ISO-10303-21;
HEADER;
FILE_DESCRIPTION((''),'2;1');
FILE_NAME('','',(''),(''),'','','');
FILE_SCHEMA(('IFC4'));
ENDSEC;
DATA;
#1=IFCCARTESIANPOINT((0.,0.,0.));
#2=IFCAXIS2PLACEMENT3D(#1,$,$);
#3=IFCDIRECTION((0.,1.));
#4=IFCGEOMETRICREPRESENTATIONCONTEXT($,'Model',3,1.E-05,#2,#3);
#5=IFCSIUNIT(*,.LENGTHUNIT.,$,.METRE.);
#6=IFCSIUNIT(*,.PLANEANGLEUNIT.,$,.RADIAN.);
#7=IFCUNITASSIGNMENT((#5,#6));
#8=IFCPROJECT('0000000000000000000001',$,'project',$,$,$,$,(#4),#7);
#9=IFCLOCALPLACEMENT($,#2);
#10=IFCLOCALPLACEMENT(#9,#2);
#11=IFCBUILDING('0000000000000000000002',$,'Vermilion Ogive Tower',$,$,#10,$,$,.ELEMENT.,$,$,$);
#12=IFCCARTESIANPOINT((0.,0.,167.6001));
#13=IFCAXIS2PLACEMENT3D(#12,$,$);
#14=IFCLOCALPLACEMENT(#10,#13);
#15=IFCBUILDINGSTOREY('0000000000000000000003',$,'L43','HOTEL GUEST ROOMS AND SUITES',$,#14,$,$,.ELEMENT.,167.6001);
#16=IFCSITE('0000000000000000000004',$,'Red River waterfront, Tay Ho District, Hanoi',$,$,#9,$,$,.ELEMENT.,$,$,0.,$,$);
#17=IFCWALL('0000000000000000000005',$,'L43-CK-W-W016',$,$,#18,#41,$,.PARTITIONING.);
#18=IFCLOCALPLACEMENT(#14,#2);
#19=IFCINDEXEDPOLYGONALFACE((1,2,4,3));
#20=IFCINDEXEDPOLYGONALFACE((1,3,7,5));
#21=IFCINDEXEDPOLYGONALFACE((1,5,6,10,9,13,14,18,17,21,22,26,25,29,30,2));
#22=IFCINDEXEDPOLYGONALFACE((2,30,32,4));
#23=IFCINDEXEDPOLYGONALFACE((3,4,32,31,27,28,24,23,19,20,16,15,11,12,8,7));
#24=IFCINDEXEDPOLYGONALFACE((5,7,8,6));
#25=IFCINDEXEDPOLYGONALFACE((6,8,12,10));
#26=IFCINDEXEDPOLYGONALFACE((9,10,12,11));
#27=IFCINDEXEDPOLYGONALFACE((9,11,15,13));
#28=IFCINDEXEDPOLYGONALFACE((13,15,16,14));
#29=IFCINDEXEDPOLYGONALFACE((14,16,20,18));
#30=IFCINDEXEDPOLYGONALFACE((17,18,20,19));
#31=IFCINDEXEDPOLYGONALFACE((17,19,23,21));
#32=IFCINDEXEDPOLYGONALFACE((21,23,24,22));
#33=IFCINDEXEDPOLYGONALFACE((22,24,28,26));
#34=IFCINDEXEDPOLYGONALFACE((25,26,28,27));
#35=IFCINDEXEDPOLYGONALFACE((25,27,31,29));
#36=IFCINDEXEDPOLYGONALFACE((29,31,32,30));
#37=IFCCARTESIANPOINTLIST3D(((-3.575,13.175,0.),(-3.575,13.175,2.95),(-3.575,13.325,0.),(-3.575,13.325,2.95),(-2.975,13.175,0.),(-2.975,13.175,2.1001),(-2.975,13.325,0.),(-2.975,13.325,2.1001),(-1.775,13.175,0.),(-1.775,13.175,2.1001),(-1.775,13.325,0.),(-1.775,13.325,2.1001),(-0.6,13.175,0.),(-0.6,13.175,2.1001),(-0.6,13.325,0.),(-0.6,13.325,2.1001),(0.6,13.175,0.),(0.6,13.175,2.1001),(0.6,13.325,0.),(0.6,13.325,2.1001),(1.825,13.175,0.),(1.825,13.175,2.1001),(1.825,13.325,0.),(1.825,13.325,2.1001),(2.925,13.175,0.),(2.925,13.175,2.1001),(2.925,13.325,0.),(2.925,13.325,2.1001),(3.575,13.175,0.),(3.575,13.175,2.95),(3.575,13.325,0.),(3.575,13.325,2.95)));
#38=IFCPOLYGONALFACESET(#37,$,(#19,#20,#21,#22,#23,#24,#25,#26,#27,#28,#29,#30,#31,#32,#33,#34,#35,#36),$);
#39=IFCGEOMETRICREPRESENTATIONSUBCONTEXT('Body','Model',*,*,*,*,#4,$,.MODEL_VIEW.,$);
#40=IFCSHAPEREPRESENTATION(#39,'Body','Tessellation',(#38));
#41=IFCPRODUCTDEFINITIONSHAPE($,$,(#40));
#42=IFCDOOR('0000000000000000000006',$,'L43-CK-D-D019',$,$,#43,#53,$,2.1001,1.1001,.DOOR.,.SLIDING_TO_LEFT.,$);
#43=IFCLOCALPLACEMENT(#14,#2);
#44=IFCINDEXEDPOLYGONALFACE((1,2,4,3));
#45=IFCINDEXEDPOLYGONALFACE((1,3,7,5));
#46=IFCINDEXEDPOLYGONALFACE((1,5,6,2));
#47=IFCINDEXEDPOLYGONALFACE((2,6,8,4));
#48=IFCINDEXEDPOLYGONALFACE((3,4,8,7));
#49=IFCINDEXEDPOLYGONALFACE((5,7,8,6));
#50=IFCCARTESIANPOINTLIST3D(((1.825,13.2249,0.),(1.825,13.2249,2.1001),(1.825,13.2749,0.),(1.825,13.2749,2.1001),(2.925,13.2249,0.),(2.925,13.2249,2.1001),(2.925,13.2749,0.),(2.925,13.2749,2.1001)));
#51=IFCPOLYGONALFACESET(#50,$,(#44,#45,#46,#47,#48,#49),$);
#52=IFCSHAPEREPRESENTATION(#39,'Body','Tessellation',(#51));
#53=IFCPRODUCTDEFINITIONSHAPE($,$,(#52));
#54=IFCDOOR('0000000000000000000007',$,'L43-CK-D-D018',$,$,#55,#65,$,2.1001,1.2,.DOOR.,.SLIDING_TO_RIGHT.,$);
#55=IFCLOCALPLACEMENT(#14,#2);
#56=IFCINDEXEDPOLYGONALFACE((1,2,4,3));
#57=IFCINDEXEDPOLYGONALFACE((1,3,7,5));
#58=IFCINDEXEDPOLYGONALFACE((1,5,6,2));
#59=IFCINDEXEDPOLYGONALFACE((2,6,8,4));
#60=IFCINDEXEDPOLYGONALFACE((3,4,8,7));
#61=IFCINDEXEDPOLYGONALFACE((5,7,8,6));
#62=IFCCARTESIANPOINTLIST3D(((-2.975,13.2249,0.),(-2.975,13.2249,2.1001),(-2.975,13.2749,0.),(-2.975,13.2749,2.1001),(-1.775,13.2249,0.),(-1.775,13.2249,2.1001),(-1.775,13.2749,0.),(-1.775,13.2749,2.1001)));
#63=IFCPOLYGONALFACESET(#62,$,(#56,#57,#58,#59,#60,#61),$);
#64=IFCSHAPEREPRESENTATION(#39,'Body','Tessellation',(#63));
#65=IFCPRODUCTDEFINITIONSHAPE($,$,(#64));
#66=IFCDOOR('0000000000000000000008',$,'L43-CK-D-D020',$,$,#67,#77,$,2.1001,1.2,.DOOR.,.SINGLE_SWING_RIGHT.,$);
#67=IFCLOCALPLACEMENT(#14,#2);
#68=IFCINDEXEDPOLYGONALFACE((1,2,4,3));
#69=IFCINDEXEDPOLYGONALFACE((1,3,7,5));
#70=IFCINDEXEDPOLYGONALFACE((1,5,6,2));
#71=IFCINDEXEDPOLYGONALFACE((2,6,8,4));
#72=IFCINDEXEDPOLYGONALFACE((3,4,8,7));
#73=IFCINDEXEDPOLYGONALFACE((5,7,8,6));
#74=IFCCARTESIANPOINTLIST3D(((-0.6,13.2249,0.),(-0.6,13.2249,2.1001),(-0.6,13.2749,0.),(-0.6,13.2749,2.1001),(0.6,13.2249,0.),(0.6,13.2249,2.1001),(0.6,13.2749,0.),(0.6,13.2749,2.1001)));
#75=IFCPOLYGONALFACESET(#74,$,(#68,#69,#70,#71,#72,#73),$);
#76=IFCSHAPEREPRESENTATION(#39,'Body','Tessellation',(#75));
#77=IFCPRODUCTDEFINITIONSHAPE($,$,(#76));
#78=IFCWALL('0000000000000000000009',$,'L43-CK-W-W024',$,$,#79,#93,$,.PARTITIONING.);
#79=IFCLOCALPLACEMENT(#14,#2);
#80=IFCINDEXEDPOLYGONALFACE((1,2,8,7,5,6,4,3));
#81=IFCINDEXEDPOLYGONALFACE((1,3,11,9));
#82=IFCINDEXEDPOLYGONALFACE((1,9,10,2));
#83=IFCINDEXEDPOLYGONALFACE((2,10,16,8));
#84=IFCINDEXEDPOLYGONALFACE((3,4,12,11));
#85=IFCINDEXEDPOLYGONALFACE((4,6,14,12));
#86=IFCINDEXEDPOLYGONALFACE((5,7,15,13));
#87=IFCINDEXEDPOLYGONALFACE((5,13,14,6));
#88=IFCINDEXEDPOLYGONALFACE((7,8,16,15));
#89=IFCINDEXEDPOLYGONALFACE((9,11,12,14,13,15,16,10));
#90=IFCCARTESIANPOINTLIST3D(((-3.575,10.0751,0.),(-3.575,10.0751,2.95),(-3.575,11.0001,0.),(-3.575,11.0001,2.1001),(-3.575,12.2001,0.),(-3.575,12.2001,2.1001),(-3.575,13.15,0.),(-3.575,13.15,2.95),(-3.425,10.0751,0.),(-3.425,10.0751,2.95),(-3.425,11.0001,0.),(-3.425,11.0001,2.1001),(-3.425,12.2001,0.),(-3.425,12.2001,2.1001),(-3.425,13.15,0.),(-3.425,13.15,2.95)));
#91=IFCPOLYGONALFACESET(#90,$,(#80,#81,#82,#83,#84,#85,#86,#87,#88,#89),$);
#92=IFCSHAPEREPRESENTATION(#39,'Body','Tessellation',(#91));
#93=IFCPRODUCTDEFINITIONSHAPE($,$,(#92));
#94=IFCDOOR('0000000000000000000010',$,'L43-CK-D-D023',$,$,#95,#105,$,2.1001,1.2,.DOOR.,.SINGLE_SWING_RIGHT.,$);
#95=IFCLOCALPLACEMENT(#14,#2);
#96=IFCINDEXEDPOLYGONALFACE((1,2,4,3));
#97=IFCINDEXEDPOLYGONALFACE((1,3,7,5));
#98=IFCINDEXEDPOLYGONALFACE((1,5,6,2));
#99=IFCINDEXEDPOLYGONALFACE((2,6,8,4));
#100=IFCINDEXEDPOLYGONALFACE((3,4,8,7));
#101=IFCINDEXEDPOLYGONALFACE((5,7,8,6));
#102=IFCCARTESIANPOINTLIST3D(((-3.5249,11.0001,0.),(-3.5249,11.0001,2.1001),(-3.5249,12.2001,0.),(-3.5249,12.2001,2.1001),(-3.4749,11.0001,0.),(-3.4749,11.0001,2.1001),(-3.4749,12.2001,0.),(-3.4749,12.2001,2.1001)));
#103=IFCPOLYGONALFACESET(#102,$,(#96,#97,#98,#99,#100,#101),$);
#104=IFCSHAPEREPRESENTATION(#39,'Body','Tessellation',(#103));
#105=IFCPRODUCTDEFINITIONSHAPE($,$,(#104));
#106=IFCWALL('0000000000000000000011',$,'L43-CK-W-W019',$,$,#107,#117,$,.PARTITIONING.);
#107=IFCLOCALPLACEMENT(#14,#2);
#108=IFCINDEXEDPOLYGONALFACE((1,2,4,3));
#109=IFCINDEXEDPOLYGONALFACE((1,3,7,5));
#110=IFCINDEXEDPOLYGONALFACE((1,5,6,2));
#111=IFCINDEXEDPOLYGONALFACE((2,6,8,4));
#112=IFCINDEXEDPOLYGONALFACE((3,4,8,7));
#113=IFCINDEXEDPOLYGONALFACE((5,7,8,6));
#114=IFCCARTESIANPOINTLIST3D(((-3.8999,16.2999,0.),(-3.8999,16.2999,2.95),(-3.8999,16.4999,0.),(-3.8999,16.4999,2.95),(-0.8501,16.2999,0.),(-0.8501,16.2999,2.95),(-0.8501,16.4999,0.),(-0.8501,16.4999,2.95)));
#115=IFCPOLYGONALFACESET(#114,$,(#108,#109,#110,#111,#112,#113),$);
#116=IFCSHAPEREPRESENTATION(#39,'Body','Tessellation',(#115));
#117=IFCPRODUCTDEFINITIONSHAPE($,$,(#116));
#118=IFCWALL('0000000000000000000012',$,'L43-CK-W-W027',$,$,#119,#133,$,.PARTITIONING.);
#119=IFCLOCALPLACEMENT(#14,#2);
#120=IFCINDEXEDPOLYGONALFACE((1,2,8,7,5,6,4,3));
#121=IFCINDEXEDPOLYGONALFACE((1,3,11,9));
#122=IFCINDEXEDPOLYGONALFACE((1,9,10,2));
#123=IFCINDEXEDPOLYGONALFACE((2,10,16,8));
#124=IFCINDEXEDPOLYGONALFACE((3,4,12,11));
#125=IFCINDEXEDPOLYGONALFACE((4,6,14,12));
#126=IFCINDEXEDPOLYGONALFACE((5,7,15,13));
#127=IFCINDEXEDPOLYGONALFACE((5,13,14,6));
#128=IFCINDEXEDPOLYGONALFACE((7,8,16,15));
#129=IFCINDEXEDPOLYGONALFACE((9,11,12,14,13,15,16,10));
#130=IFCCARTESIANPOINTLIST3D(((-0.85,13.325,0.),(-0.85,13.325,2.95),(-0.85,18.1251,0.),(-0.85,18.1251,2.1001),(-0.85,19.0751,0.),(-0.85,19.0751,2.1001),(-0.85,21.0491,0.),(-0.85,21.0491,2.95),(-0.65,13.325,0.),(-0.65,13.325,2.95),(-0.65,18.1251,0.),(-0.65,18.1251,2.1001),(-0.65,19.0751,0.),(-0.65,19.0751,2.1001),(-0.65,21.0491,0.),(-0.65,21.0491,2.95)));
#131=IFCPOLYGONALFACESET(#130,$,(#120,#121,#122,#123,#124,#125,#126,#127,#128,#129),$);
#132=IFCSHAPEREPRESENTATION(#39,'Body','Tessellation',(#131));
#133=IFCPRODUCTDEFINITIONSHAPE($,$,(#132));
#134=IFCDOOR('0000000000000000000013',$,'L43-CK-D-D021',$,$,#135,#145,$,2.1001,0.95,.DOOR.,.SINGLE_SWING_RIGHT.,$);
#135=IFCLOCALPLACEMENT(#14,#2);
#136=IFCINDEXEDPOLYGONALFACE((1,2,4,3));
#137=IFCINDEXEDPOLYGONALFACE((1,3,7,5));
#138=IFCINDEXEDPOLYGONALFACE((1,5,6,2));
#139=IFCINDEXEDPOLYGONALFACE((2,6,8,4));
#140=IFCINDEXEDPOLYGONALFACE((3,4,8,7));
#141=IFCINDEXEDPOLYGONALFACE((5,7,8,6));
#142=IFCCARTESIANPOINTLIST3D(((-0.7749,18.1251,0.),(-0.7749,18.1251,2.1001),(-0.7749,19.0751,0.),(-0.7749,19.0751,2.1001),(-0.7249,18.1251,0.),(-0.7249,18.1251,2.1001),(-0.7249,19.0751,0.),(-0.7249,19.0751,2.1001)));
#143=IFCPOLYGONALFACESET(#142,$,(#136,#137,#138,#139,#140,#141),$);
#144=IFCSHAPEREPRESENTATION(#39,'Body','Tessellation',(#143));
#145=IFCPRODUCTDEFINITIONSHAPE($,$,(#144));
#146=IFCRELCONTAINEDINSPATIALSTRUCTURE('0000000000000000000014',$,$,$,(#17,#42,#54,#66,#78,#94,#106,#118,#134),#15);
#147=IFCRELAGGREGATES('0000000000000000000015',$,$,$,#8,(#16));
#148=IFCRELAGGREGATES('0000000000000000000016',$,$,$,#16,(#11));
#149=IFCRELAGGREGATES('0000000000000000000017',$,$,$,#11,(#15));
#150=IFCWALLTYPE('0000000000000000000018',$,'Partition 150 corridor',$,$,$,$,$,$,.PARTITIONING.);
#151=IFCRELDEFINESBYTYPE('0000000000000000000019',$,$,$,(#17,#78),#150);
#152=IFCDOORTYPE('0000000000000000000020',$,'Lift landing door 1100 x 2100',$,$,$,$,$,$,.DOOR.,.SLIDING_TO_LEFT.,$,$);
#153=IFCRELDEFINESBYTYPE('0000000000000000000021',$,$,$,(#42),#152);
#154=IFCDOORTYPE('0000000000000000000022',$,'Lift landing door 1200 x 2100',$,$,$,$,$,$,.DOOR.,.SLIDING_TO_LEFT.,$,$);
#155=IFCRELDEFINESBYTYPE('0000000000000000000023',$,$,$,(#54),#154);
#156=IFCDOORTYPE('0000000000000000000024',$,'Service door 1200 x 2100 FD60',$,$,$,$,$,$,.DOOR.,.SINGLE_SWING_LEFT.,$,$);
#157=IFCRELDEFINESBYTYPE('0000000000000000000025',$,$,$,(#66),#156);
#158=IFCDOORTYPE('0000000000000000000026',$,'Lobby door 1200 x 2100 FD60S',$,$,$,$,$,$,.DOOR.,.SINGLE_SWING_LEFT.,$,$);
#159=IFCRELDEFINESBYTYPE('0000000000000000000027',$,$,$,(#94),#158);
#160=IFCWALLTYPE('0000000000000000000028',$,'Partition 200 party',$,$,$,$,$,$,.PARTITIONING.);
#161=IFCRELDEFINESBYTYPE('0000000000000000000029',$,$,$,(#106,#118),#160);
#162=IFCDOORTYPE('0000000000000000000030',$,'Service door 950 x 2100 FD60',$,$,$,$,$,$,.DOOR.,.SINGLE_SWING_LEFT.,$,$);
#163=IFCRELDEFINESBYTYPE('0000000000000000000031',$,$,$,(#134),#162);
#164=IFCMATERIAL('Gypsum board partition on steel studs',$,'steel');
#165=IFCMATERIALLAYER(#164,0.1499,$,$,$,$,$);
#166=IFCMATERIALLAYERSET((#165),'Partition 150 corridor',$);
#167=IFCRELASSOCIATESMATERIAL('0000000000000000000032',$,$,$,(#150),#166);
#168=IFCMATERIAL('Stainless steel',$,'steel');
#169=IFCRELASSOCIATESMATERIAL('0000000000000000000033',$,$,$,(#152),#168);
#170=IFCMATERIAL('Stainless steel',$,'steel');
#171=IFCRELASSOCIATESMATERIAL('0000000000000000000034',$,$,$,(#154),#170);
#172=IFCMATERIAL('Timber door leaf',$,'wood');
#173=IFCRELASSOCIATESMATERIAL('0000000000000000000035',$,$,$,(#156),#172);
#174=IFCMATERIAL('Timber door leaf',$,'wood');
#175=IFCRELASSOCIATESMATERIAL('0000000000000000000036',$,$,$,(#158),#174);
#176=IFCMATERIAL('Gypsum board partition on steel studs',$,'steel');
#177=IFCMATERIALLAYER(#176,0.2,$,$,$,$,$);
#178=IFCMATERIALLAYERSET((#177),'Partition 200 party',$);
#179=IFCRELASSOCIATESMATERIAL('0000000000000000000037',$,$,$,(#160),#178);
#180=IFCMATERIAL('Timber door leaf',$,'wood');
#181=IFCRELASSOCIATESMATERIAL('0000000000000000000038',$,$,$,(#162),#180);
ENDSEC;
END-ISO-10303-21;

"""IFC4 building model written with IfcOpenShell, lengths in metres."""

from ifc_helpers import new_model, si_unit, direction, frame, frame_2d, origin, place, context, subcontext, project, spatial, rectangle, extrude, material, layer, layer_set, type_object, element, fill, save


model = new_model("IFC4")

# Units and contexts
model_context = context("Model", 3, precision=1e-05, world=origin(), true_north=direction((0.0, 1.0)))
body_context = subcontext(model_context, "Body", "Model", "MODEL_VIEW")
ifc_project = project(units=[si_unit("LENGTHUNIT", "METRE"), si_unit("PLANEANGLEUNIT", "RADIAN")], contexts=[model_context])

# Site, building, storey
site_placement = place(None, origin())
site = spatial("IfcSite", under=ifc_project, at=site_placement, Name="Red River waterfront, Tay Ho District, Hanoi", CompositionType="ELEMENT", RefElevation=0.0)
building_placement = place(site_placement, origin())
building = spatial("IfcBuilding", under=site, at=building_placement, Name="Vermilion Ogive Tower", CompositionType="ELEMENT")
storey_placement = place(building_placement, frame((0.0, 0.0, 167.6001)))
storey = spatial("IfcBuildingStorey", under=building, at=storey_placement, Name="L43", Description="HOTEL GUEST ROOMS AND SUITES", CompositionType="ELEMENT", Elevation=167.6001)

# Shared definitions
ifc_material_1 = material(Name="Gypsum board partition on steel studs", Category="steel")
ifc_layer_1 = layer(ifc_material_1, 0.1499)
ifc_layer_set_1 = layer_set([ifc_layer_1], Name="Partition 150 corridor")
wall_type_1 = type_object("IfcWallType", Name="Partition 150 corridor", PredefinedType="PARTITIONING", material=ifc_layer_set_1)

# Wall, openings, doors
wall_1_placement = place(storey_placement, frame((-3.575, 13.25, 0.0), z_axis=(0.0, 0.0, 1.0), x_axis=(1.0, 0.0, 0.0)))
wall_1 = element("IfcWall", 1, at=wall_1_placement, inside=storey, type_object=wall_type_1, Name="L43-CK-W-W016", PredefinedType="PARTITIONING", context=body_context, shape_type="SweptSolid", body=[
    extrude(rectangle(XDim=7.1499, YDim=0.1499, at=frame_2d((3.575, 0.0))), origin(), (0.0, 0.0, 1.0), 2.95),
])
opening_1_placement = place(wall_1_placement, frame((0.5999, 0.0, 0.0)))
opening_1 = element("IfcOpeningElement", 2, at=opening_1_placement, cuts=wall_1, PredefinedType="OPENING", context=body_context, shape_type="SweptSolid", body=[
    extrude(rectangle(XDim=1.2, YDim=2.1001, at=frame_2d((0.6001, 1.05))), frame((0.0, 0.085, 0.0), z_axis=(0.0, -1.0, 0.0), x_axis=(1.0, 0.0, 0.0)), (0.0, 0.0, 1.0), 0.1699),
])
opening_2_placement = place(wall_1_placement, frame((5.3999, 0.0, 0.0)))
opening_2 = element("IfcOpeningElement", 3, at=opening_2_placement, cuts=wall_1, PredefinedType="OPENING", context=body_context, shape_type="SweptSolid", body=[
    extrude(rectangle(XDim=1.1001, YDim=2.1001, at=frame_2d((0.55, 1.05))), frame((0.0, 0.085, 0.0), z_axis=(0.0, -1.0, 0.0), x_axis=(1.0, 0.0, 0.0)), (0.0, 0.0, 1.0), 0.1699),
])
opening_3_placement = place(wall_1_placement, frame((2.9749, 0.0, 0.0)))
opening_3 = element("IfcOpeningElement", 4, at=opening_3_placement, cuts=wall_1, PredefinedType="OPENING", context=body_context, shape_type="SweptSolid", body=[
    extrude(rectangle(XDim=1.2, YDim=2.1001, at=frame_2d((0.6001, 1.05))), frame((0.0, 0.085, 0.0), z_axis=(0.0, -1.0, 0.0), x_axis=(1.0, 0.0, 0.0)), (0.0, 0.0, 1.0), 0.1699),
])
ifc_material_2 = material(Name="Stainless steel", Category="steel")
door_type_1 = type_object("IfcDoorType", Name="Lift landing door 1100 x 2100", OperationType="SLIDING_TO_LEFT", PredefinedType="DOOR", material=ifc_material_2)
door_1_placement = place(opening_2_placement, origin())
door_1 = element("IfcDoor", 5, at=door_1_placement, inside=storey, type_object=door_type_1, Name="L43-CK-D-D019", OperationType="SLIDING_TO_LEFT", OverallHeight=2.1001, OverallWidth=1.1001, PredefinedType="DOOR", context=body_context, shape_type="SweptSolid", body=[
    extrude(rectangle(XDim=1.1001, YDim=2.1001, at=frame_2d((0.55, 1.05))), frame((0.0, 0.0249, 0.0), z_axis=(0.0, -1.0, 0.0), x_axis=(1.0, 0.0, 0.0)), (0.0, 0.0, 1.0), 0.05),
])
fill(opening_2, door_1)
ifc_material_3 = material(Name="Stainless steel", Category="steel")
door_type_2 = type_object("IfcDoorType", Name="Lift landing door 1200 x 2100", OperationType="SLIDING_TO_LEFT", PredefinedType="DOOR", material=ifc_material_3)
door_2_placement = place(opening_1_placement, origin())
door_2 = element("IfcDoor", 6, at=door_2_placement, inside=storey, type_object=door_type_2, Name="L43-CK-D-D018", OperationType="SLIDING_TO_RIGHT", OverallHeight=2.1001, OverallWidth=1.2, PredefinedType="DOOR", context=body_context, shape_type="SweptSolid", body=[
    extrude(rectangle(XDim=1.2, YDim=2.1001, at=frame_2d((0.6001, 1.05))), frame((0.0, 0.0249, 0.0), z_axis=(0.0, -1.0, 0.0), x_axis=(1.0, 0.0, 0.0)), (0.0, 0.0, 1.0), 0.05),
])
fill(opening_1, door_2)
ifc_material_4 = material(Name="Timber door leaf", Category="wood")
door_type_3 = type_object("IfcDoorType", Name="Service door 1200 x 2100 FD60", OperationType="SINGLE_SWING_LEFT", PredefinedType="DOOR", material=ifc_material_4)
door_3_placement = place(opening_3_placement, origin())
door_3 = element("IfcDoor", 7, at=door_3_placement, inside=storey, type_object=door_type_3, Name="L43-CK-D-D020", OperationType="SINGLE_SWING_RIGHT", OverallHeight=2.1001, OverallWidth=1.2, PredefinedType="DOOR", context=body_context, shape_type="SweptSolid", body=[
    extrude(rectangle(XDim=1.2, YDim=2.1001, at=frame_2d((0.6001, 1.05))), frame((0.0, 0.0249, 0.0), z_axis=(0.0, -1.0, 0.0), x_axis=(1.0, 0.0, 0.0)), (0.0, 0.0, 1.0), 0.05),
])
fill(opening_3, door_3)

# Wall, opening, door
wall_2_placement = place(storey_placement, frame((-3.5, 10.075, 0.0), z_axis=(0.0, 0.0, 1.0), x_axis=(0.0, 1.0, 0.0)))
wall_2 = element("IfcWall", 8, at=wall_2_placement, inside=storey, type_object=wall_type_1, Name="L43-CK-W-W024", PredefinedType="PARTITIONING", context=body_context, shape_type="SweptSolid", body=[
    extrude(rectangle(XDim=3.075, YDim=0.1499, at=frame_2d((1.5376, 0.0))), origin(), (0.0, 0.0, 1.0), 2.95),
])
opening_4_placement = place(wall_2_placement, frame((0.925, 0.0, 0.0)))
opening_4 = element("IfcOpeningElement", 9, at=opening_4_placement, cuts=wall_2, PredefinedType="OPENING", context=body_context, shape_type="SweptSolid", body=[
    extrude(rectangle(XDim=1.2, YDim=2.1001, at=frame_2d((0.6001, 1.05))), frame((0.0, 0.085, 0.0), z_axis=(0.0, -1.0, 0.0), x_axis=(1.0, 0.0, 0.0)), (0.0, 0.0, 1.0), 0.1699),
])
ifc_material_5 = material(Name="Timber door leaf", Category="wood")
door_type_4 = type_object("IfcDoorType", Name="Lobby door 1200 x 2100 FD60S", OperationType="SINGLE_SWING_LEFT", PredefinedType="DOOR", material=ifc_material_5)
door_4_placement = place(opening_4_placement, origin())
door_4 = element("IfcDoor", 10, at=door_4_placement, inside=storey, type_object=door_type_4, Name="L43-CK-D-D023", OperationType="SINGLE_SWING_RIGHT", OverallHeight=2.1001, OverallWidth=1.2, PredefinedType="DOOR", context=body_context, shape_type="SweptSolid", body=[
    extrude(rectangle(XDim=1.2, YDim=2.1001, at=frame_2d((0.6001, 1.05))), frame((0.0, 0.0249, 0.0), z_axis=(0.0, -1.0, 0.0), x_axis=(1.0, 0.0, 0.0)), (0.0, 0.0, 1.0), 0.05),
])
fill(opening_4, door_4)

# Wall
ifc_material_6 = material(Name="Gypsum board partition on steel studs", Category="steel")
ifc_layer_2 = layer(ifc_material_6, 0.2)
ifc_layer_set_2 = layer_set([ifc_layer_2], Name="Partition 200 party")
wall_type_2 = type_object("IfcWallType", Name="Partition 200 party", PredefinedType="PARTITIONING", material=ifc_layer_set_2)
wall_3_placement = place(storey_placement, frame((-3.8999, 16.3999, 0.0), z_axis=(0.0, 0.0, 1.0), x_axis=(1.0, 0.0, 0.0)))
element("IfcWall", 11, at=wall_3_placement, inside=storey, type_object=wall_type_2, Name="L43-CK-W-W019", PredefinedType="PARTITIONING", context=body_context, shape_type="SweptSolid", body=[
    extrude(rectangle(XDim=3.0498, YDim=0.2, at=frame_2d((1.5249, 0.0))), origin(), (0.0, 0.0, 1.0), 2.95),
])

# Wall, opening, door
wall_4_placement = place(storey_placement, frame((-0.75, 13.325, 0.0), z_axis=(0.0, 0.0, 1.0), x_axis=(0.0, 1.0, 0.0)))
wall_4 = element("IfcWall", 12, at=wall_4_placement, inside=storey, type_object=wall_type_2, Name="L43-CK-W-W027", PredefinedType="PARTITIONING", context=body_context, shape_type="SweptSolid", body=[
    extrude(rectangle(XDim=7.7241, YDim=0.2, at=frame_2d((3.8621, 0.0))), origin(), (0.0, 0.0, 1.0), 2.95),
])
opening_5_placement = place(wall_4_placement, frame((4.8, 0.0, 0.0)))
opening_5 = element("IfcOpeningElement", 13, at=opening_5_placement, cuts=wall_4, PredefinedType="OPENING", context=body_context, shape_type="SweptSolid", body=[
    extrude(rectangle(XDim=0.95, YDim=2.1001, at=frame_2d((0.4751, 1.05))), frame((0.0, 0.1099, 0.0), z_axis=(0.0, -1.0, 0.0), x_axis=(1.0, 0.0, 0.0)), (0.0, 0.0, 1.0), 0.22),
])
ifc_material_7 = material(Name="Timber door leaf", Category="wood")
door_type_5 = type_object("IfcDoorType", Name="Service door 950 x 2100 FD60", OperationType="SINGLE_SWING_LEFT", PredefinedType="DOOR", material=ifc_material_7)
door_5_placement = place(opening_5_placement, origin())
door_5 = element("IfcDoor", 14, at=door_5_placement, inside=storey, type_object=door_type_5, Name="L43-CK-D-D021", OperationType="SINGLE_SWING_RIGHT", OverallHeight=2.1001, OverallWidth=0.95, PredefinedType="DOOR", context=body_context, shape_type="SweptSolid", body=[
    extrude(rectangle(XDim=0.95, YDim=2.1001, at=frame_2d((0.4751, 1.05))), frame((0.0, 0.0249, 0.0), z_axis=(0.0, -1.0, 0.0), x_axis=(1.0, 0.0, 0.0)), (0.0, 0.0, 1.0), 0.05),
])
fill(opening_5, door_5)

save(model, "model.ifc")
